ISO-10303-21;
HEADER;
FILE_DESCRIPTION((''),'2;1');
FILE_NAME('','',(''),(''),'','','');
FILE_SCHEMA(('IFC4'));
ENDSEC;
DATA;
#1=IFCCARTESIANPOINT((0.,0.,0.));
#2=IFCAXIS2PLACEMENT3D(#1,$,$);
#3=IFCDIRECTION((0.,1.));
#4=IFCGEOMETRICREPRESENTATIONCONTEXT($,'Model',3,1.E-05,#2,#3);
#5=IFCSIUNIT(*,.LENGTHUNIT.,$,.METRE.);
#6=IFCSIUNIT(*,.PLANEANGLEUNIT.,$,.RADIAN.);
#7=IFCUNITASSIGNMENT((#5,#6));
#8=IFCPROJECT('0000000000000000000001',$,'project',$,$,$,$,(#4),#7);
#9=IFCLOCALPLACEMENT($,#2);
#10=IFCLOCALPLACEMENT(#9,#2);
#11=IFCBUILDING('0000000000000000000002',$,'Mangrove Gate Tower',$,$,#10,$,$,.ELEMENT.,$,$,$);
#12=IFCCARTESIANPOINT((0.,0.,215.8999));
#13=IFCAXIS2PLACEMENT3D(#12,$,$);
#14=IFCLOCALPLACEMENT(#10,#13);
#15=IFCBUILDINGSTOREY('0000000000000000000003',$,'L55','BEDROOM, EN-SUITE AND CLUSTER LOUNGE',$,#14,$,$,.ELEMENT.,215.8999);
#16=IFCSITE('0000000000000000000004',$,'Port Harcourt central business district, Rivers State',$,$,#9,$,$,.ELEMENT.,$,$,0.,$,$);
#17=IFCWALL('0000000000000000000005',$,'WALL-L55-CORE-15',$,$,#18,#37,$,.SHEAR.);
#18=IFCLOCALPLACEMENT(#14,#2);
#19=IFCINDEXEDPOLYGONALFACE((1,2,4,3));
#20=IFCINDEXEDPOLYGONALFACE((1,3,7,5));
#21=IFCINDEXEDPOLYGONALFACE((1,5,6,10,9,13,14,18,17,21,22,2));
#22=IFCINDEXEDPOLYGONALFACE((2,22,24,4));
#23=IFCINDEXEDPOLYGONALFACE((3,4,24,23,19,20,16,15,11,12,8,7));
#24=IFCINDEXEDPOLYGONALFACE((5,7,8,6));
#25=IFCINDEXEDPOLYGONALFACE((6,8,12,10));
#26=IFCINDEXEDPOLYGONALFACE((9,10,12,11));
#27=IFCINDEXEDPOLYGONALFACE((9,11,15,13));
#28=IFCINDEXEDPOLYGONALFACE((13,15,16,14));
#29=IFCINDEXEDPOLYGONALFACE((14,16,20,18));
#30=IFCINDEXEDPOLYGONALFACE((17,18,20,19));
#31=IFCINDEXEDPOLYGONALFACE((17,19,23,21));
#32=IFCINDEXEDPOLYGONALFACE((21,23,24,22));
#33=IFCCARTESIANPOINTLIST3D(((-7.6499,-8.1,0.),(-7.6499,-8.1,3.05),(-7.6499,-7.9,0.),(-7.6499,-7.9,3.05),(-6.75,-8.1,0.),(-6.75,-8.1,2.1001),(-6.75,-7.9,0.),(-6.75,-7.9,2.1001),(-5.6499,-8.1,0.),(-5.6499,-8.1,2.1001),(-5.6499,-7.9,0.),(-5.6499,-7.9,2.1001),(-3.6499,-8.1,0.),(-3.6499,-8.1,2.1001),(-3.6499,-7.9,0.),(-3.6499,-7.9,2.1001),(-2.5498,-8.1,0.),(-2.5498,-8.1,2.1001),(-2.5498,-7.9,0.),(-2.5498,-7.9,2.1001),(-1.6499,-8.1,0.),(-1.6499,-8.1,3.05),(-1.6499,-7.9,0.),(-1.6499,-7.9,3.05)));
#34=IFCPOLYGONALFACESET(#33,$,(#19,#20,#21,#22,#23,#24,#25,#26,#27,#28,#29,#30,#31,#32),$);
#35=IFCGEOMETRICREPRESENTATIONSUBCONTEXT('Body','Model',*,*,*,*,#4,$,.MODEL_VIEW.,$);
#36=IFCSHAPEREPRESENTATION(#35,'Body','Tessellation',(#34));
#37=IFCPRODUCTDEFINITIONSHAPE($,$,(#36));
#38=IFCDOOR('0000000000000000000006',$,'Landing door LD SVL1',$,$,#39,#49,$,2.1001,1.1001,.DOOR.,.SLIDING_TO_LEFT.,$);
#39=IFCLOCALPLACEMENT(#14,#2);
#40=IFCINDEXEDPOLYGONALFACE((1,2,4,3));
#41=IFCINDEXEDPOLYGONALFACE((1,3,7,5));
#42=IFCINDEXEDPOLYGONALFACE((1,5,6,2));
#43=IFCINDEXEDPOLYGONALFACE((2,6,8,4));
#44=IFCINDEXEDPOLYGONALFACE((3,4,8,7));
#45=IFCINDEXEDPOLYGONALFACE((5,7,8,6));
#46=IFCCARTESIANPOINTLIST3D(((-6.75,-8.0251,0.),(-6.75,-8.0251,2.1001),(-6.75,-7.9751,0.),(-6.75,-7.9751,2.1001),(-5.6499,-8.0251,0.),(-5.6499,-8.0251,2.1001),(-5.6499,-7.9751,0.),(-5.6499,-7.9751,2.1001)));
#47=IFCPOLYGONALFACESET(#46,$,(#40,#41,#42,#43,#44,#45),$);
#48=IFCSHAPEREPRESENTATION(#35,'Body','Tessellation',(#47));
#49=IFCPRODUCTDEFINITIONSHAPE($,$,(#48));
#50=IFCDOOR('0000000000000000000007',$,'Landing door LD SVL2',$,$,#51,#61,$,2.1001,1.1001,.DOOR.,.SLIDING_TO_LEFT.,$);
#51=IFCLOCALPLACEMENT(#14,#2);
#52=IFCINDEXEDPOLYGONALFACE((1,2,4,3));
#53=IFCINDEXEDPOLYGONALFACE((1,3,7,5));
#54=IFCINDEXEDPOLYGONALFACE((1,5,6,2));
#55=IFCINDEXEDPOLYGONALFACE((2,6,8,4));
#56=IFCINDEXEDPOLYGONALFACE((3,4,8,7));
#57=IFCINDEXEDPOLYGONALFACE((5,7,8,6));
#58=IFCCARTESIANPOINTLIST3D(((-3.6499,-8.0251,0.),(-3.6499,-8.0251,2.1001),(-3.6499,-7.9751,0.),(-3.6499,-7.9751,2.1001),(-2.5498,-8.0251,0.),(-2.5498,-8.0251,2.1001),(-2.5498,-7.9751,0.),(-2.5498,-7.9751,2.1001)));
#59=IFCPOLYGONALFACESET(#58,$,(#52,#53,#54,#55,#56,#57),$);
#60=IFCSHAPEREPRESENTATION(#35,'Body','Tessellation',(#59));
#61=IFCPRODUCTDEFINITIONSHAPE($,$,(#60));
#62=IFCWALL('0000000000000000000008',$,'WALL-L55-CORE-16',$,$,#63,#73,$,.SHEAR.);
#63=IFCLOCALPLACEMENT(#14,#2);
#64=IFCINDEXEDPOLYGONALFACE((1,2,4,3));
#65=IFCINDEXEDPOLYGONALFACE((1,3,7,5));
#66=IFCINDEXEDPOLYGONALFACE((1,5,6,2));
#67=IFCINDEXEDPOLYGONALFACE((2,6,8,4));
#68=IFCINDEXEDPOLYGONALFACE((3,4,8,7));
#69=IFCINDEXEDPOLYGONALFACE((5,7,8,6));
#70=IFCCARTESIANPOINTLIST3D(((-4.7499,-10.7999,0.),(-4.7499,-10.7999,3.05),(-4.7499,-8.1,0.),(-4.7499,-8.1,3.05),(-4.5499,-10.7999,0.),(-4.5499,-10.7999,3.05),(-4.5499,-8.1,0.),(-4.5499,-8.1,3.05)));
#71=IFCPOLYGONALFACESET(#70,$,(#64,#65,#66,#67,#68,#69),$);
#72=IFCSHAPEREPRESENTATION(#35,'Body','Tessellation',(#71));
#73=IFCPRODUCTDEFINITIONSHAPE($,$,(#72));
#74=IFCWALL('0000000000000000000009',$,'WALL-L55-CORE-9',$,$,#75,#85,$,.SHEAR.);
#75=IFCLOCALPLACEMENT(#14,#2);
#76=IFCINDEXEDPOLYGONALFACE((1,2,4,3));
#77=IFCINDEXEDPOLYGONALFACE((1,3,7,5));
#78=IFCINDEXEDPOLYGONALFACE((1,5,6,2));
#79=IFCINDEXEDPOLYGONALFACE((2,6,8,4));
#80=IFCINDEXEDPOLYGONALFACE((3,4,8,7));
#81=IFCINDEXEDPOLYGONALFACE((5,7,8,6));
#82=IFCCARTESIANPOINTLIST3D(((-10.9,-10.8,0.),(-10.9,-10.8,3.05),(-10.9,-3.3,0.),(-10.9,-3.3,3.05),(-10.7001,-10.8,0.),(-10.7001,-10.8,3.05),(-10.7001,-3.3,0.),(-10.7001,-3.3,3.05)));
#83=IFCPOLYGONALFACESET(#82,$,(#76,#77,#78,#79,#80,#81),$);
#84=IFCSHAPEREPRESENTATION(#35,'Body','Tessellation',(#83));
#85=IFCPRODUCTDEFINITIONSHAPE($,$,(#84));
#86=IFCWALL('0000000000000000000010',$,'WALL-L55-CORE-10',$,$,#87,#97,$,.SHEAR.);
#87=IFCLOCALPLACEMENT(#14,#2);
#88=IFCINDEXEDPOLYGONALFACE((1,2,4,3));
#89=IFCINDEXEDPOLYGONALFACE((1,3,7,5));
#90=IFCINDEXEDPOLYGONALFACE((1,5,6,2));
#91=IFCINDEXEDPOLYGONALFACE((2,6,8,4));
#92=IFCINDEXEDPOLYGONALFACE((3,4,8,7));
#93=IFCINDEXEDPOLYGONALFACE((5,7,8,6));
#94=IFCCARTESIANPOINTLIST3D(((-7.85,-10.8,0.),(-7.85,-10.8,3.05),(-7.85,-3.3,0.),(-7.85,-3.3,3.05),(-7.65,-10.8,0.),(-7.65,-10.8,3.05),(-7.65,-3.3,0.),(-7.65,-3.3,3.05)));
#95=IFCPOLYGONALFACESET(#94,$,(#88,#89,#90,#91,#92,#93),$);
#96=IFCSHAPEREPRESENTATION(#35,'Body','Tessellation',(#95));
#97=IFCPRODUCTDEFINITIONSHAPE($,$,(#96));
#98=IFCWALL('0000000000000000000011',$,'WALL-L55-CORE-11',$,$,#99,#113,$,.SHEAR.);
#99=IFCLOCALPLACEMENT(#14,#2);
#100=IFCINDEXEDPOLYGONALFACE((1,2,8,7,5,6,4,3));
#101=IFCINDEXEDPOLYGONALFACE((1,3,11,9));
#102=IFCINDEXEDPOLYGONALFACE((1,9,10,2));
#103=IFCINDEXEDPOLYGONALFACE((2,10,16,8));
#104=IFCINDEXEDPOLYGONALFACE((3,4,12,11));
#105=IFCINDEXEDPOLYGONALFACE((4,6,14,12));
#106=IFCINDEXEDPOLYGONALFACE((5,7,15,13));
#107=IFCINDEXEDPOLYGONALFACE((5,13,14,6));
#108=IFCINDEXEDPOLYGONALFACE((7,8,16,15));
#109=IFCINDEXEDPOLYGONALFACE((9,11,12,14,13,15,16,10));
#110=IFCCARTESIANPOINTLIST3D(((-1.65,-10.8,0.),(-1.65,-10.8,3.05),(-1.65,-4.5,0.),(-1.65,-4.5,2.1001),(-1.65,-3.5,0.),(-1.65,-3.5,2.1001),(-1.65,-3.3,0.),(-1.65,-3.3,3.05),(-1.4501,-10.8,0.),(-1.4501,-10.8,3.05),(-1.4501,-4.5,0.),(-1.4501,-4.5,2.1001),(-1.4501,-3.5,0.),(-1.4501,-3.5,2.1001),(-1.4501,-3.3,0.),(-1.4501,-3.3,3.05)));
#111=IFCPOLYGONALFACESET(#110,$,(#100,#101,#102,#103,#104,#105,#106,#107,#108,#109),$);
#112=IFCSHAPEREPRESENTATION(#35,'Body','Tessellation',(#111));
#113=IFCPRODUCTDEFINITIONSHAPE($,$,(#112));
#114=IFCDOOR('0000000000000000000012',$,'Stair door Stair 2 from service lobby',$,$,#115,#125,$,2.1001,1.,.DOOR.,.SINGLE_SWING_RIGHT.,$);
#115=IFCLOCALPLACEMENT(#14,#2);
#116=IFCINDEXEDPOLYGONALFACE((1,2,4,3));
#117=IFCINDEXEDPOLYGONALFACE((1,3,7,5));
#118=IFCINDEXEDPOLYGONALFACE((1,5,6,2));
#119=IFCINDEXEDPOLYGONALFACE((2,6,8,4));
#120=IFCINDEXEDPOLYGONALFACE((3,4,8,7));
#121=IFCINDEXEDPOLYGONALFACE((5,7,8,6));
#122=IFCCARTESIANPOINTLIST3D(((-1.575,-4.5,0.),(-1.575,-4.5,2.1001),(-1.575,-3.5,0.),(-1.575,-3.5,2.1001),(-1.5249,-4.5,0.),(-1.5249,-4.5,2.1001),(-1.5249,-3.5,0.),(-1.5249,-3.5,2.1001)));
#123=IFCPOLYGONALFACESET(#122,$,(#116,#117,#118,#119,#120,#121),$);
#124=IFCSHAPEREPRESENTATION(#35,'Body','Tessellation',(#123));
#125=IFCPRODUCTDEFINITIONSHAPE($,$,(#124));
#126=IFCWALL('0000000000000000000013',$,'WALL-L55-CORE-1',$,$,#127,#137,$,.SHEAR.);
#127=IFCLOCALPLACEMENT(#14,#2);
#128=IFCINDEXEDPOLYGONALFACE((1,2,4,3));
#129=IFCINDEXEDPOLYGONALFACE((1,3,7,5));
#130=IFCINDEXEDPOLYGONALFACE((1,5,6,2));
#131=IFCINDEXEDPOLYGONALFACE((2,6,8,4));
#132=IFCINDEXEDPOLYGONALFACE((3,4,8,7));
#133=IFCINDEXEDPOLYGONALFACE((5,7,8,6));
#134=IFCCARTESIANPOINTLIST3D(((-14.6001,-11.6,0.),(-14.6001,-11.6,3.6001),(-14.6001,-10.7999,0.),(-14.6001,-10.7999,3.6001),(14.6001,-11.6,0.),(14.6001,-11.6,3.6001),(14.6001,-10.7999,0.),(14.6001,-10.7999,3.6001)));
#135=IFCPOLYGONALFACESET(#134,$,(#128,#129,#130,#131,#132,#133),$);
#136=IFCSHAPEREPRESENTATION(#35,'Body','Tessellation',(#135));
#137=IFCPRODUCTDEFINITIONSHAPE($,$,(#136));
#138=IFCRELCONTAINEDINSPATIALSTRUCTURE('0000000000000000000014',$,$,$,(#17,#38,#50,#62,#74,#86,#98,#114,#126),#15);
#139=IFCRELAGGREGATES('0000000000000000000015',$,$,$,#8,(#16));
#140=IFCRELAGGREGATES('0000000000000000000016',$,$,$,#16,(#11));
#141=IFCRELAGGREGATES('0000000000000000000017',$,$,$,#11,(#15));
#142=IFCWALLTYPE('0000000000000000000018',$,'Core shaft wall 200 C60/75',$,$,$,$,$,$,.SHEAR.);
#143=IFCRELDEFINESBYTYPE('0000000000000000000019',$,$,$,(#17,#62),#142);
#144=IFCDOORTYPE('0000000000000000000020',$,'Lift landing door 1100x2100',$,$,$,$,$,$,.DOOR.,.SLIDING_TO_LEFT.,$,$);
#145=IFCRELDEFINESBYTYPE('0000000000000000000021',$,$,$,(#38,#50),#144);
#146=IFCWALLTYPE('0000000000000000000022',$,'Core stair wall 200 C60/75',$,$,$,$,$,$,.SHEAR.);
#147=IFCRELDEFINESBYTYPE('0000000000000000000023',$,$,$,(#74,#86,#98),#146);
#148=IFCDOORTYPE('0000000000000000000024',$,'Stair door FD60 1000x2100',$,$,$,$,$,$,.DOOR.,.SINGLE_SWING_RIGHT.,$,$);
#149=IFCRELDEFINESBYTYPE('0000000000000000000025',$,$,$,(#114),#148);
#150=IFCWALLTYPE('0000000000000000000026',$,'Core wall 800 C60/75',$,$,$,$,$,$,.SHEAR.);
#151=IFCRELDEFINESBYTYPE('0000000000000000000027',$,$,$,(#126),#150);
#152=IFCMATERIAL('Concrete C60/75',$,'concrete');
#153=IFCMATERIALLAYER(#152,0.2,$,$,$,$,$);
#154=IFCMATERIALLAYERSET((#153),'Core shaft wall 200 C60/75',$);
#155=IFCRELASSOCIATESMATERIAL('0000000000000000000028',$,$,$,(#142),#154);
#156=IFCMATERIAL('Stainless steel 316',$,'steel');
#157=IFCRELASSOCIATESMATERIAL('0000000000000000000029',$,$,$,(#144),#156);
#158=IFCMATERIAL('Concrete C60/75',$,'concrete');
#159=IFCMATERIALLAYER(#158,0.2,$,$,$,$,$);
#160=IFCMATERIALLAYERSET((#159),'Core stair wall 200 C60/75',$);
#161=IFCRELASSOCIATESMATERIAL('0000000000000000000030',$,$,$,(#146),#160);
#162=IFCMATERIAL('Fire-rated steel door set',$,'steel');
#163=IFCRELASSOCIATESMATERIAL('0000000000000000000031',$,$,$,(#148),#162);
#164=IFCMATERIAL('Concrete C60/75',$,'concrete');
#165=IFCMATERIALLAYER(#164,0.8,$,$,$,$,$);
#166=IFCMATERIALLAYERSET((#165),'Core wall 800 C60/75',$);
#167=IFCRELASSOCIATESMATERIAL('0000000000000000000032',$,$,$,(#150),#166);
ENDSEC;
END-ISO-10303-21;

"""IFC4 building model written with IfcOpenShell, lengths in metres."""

from ifc_helpers import new_model, si_unit, direction, frame, frame_2d, origin, place, context, subcontext, project, spatial, rectangle, extrude, material, layer, layer_set, type_object, element, fill, save


model = new_model("IFC4")

# Units and contexts
model_context = context("Model", 3, precision=1e-05, world=origin(), true_north=direction((0.0, 1.0)))
body_context = subcontext(model_context, "Body", "Model", "MODEL_VIEW")
ifc_project = project(units=[si_unit("LENGTHUNIT", "METRE"), si_unit("PLANEANGLEUNIT", "RADIAN")], contexts=[model_context])

# Site, building, storey
site_placement = place(None, origin())
site = spatial("IfcSite", under=ifc_project, at=site_placement, Name="Port Harcourt central business district, Rivers State", CompositionType="ELEMENT", RefElevation=0.0)
building_placement = place(site_placement, origin())
building = spatial("IfcBuilding", under=site, at=building_placement, Name="Mangrove Gate Tower", CompositionType="ELEMENT")
storey_placement = place(building_placement, frame((0.0, 0.0, 215.8999)))
storey = spatial("IfcBuildingStorey", under=building, at=storey_placement, Name="L55", Description="BEDROOM, EN-SUITE AND CLUSTER LOUNGE", CompositionType="ELEMENT", Elevation=215.8999)

# Wall, openings, doors
ifc_material_1 = material(Name="Concrete C60/75", Category="concrete")
ifc_layer_1 = layer(ifc_material_1, 0.2)
ifc_layer_set_1 = layer_set([ifc_layer_1], Name="Core shaft wall 200 C60/75")
wall_type_1 = type_object("IfcWallType", Name="Core shaft wall 200 C60/75", PredefinedType="SHEAR", material=ifc_layer_set_1)
wall_1_placement = place(storey_placement, frame((-7.6499, -8.0, 0.0), z_axis=(0.0, 0.0, 1.0), x_axis=(1.0, 0.0, 0.0)))
wall_1 = element("IfcWall", 1, at=wall_1_placement, inside=storey, type_object=wall_type_1, Name="WALL-L55-CORE-15", PredefinedType="SHEAR", context=body_context, shape_type="SweptSolid", body=[
    extrude(rectangle(XDim=6.0, YDim=0.2, at=frame_2d((3.0, 0.0))), origin(), (0.0, 0.0, 1.0), 3.05),
])
opening_1_placement = place(wall_1_placement, frame((0.8999, 0.0, 0.0)))
opening_1 = element("IfcOpeningElement", 2, at=opening_1_placement, cuts=wall_1, PredefinedType="OPENING", context=body_context, shape_type="SweptSolid", body=[
    extrude(rectangle(XDim=1.1001, YDim=2.1001, at=frame_2d((0.55, 1.05))), frame((0.0, 0.1099, 0.0), z_axis=(0.0, -1.0, 0.0), x_axis=(1.0, 0.0, 0.0)), (0.0, 0.0, 1.0), 0.22),
])
opening_2_placement = place(wall_1_placement, frame((4.0, 0.0, 0.0)))
opening_2 = element("IfcOpeningElement", 3, at=opening_2_placement, cuts=wall_1, PredefinedType="OPENING", context=body_context, shape_type="SweptSolid", body=[
    extrude(rectangle(XDim=1.1001, YDim=2.1001, at=frame_2d((0.55, 1.05))), frame((0.0, 0.1099, 0.0), z_axis=(0.0, -1.0, 0.0), x_axis=(1.0, 0.0, 0.0)), (0.0, 0.0, 1.0), 0.22),
])
ifc_material_2 = material(Name="Stainless steel 316", Category="steel")
door_type_1 = type_object("IfcDoorType", Name="Lift landing door 1100x2100", OperationType="SLIDING_TO_LEFT", PredefinedType="DOOR", material=ifc_material_2)
door_1_placement = place(opening_1_placement, origin())
door_1 = element("IfcDoor", 4, at=door_1_placement, inside=storey, type_object=door_type_1, Name="Landing door LD SVL1", OperationType="SLIDING_TO_LEFT", OverallHeight=2.1001, OverallWidth=1.1001, PredefinedType="DOOR", context=body_context, shape_type="SweptSolid", body=[
    extrude(rectangle(XDim=1.1001, YDim=2.1001, at=frame_2d((0.55, 1.05))), frame((0.0, 0.0249, 0.0), z_axis=(0.0, -1.0, 0.0), x_axis=(1.0, 0.0, 0.0)), (0.0, 0.0, 1.0), 0.05),
])
fill(opening_1, door_1)
door_2_placement = place(opening_2_placement, origin())
door_2 = element("IfcDoor", 5, at=door_2_placement, inside=storey, type_object=door_type_1, Name="Landing door LD SVL2", OperationType="SLIDING_TO_LEFT", OverallHeight=2.1001, OverallWidth=1.1001, PredefinedType="DOOR", context=body_context, shape_type="SweptSolid", body=[
    extrude(rectangle(XDim=1.1001, YDim=2.1001, at=frame_2d((0.55, 1.05))), frame((0.0, 0.0249, 0.0), z_axis=(0.0, -1.0, 0.0), x_axis=(1.0, 0.0, 0.0)), (0.0, 0.0, 1.0), 0.05),
])
fill(opening_2, door_2)

# Walls
wall_2_placement = place(storey_placement, frame((-4.6499, -10.8, 0.0), z_axis=(0.0, 0.0, 1.0), x_axis=(0.0, 1.0, 0.0)))
element("IfcWall", 6, at=wall_2_placement, inside=storey, type_object=wall_type_1, Name="WALL-L55-CORE-16", PredefinedType="SHEAR", context=body_context, shape_type="SweptSolid", body=[
    extrude(rectangle(XDim=2.7, YDim=0.2, at=frame_2d((1.3501, 0.0))), origin(), (0.0, 0.0, 1.0), 3.05),
])
ifc_material_3 = material(Name="Concrete C60/75", Category="concrete")
ifc_layer_2 = layer(ifc_material_3, 0.2)
ifc_layer_set_2 = layer_set([ifc_layer_2], Name="Core stair wall 200 C60/75")
wall_type_2 = type_object("IfcWallType", Name="Core stair wall 200 C60/75", PredefinedType="SHEAR", material=ifc_layer_set_2)
for number, where, z_axis, x_axis, name in (
    (7, (-10.8, -10.8, 0.0), (0.0, 0.0, 1.0), (0.0, 1.0, 0.0), "WALL-L55-CORE-9"),
    (8, (-7.75, -10.8, 0.0), (0.0, 0.0, 1.0), (0.0, 1.0, 0.0), "WALL-L55-CORE-10"),
):
    element("IfcWall", number, at=place(storey_placement, frame(where, z_axis=z_axis, x_axis=x_axis)), inside=storey, type_object=wall_type_2, Name=name, PredefinedType="SHEAR", context=body_context, shape_type="SweptSolid", body=[
        extrude(rectangle(XDim=7.5, YDim=0.2, at=frame_2d((3.75, 0.0))), origin(), (0.0, 0.0, 1.0), 3.05),
    ])

# Wall, opening, door
wall_3_placement = place(storey_placement, frame((-1.55, -10.8, 0.0), z_axis=(0.0, 0.0, 1.0), x_axis=(0.0, 1.0, 0.0)))
wall_3 = element("IfcWall", 9, at=wall_3_placement, inside=storey, type_object=wall_type_2, Name="WALL-L55-CORE-11", PredefinedType="SHEAR", context=body_context, shape_type="SweptSolid", body=[
    extrude(rectangle(XDim=7.5, YDim=0.2, at=frame_2d((3.75, 0.0))), origin(), (0.0, 0.0, 1.0), 3.05),
])
opening_3_placement = place(wall_3_placement, frame((6.3, 0.0, 0.0)))
opening_3 = element("IfcOpeningElement", 10, at=opening_3_placement, cuts=wall_3, PredefinedType="OPENING", context=body_context, shape_type="SweptSolid", body=[
    extrude(rectangle(XDim=1.0, YDim=2.1001, at=frame_2d((0.5, 1.05))), frame((0.0, 0.1099, 0.0), z_axis=(0.0, -1.0, 0.0), x_axis=(1.0, 0.0, 0.0)), (0.0, 0.0, 1.0), 0.22),
])
ifc_material_4 = material(Name="Fire-rated steel door set", Category="steel")
door_type_2 = type_object("IfcDoorType", Name="Stair door FD60 1000x2100", OperationType="SINGLE_SWING_RIGHT", PredefinedType="DOOR", material=ifc_material_4)
door_3_placement = place(opening_3_placement, origin())
door_3 = element("IfcDoor", 11, at=door_3_placement, inside=storey, type_object=door_type_2, Name="Stair door Stair 2 from service lobby", OperationType="SINGLE_SWING_RIGHT", OverallHeight=2.1001, OverallWidth=1.0, PredefinedType="DOOR", context=body_context, shape_type="SweptSolid", body=[
    extrude(rectangle(XDim=1.0, YDim=2.1001, at=frame_2d((0.5, 1.05))), frame((0.0, 0.0249, 0.0), z_axis=(0.0, -1.0, 0.0), x_axis=(1.0, 0.0, 0.0)), (0.0, 0.0, 1.0), 0.05),
])
fill(opening_3, door_3)

# Wall
ifc_material_5 = material(Name="Concrete C60/75", Category="concrete")
ifc_layer_3 = layer(ifc_material_5, 0.8)
ifc_layer_set_3 = layer_set([ifc_layer_3], Name="Core wall 800 C60/75")
wall_type_3 = type_object("IfcWallType", Name="Core wall 800 C60/75", PredefinedType="SHEAR", material=ifc_layer_set_3)
wall_4_placement = place(storey_placement, frame((-14.6001, -11.2, 0.0), z_axis=(0.0, 0.0, 1.0), x_axis=(1.0, 0.0, 0.0)))
element("IfcWall", 12, at=wall_4_placement, inside=storey, type_object=wall_type_3, Name="WALL-L55-CORE-1", PredefinedType="SHEAR", context=body_context, shape_type="SweptSolid", body=[
    extrude(rectangle(XDim=29.2002, YDim=0.8, at=frame_2d((14.6001, 0.0))), origin(), (0.0, 0.0, 1.0), 3.6001),
])

save(model, "model.ifc")
